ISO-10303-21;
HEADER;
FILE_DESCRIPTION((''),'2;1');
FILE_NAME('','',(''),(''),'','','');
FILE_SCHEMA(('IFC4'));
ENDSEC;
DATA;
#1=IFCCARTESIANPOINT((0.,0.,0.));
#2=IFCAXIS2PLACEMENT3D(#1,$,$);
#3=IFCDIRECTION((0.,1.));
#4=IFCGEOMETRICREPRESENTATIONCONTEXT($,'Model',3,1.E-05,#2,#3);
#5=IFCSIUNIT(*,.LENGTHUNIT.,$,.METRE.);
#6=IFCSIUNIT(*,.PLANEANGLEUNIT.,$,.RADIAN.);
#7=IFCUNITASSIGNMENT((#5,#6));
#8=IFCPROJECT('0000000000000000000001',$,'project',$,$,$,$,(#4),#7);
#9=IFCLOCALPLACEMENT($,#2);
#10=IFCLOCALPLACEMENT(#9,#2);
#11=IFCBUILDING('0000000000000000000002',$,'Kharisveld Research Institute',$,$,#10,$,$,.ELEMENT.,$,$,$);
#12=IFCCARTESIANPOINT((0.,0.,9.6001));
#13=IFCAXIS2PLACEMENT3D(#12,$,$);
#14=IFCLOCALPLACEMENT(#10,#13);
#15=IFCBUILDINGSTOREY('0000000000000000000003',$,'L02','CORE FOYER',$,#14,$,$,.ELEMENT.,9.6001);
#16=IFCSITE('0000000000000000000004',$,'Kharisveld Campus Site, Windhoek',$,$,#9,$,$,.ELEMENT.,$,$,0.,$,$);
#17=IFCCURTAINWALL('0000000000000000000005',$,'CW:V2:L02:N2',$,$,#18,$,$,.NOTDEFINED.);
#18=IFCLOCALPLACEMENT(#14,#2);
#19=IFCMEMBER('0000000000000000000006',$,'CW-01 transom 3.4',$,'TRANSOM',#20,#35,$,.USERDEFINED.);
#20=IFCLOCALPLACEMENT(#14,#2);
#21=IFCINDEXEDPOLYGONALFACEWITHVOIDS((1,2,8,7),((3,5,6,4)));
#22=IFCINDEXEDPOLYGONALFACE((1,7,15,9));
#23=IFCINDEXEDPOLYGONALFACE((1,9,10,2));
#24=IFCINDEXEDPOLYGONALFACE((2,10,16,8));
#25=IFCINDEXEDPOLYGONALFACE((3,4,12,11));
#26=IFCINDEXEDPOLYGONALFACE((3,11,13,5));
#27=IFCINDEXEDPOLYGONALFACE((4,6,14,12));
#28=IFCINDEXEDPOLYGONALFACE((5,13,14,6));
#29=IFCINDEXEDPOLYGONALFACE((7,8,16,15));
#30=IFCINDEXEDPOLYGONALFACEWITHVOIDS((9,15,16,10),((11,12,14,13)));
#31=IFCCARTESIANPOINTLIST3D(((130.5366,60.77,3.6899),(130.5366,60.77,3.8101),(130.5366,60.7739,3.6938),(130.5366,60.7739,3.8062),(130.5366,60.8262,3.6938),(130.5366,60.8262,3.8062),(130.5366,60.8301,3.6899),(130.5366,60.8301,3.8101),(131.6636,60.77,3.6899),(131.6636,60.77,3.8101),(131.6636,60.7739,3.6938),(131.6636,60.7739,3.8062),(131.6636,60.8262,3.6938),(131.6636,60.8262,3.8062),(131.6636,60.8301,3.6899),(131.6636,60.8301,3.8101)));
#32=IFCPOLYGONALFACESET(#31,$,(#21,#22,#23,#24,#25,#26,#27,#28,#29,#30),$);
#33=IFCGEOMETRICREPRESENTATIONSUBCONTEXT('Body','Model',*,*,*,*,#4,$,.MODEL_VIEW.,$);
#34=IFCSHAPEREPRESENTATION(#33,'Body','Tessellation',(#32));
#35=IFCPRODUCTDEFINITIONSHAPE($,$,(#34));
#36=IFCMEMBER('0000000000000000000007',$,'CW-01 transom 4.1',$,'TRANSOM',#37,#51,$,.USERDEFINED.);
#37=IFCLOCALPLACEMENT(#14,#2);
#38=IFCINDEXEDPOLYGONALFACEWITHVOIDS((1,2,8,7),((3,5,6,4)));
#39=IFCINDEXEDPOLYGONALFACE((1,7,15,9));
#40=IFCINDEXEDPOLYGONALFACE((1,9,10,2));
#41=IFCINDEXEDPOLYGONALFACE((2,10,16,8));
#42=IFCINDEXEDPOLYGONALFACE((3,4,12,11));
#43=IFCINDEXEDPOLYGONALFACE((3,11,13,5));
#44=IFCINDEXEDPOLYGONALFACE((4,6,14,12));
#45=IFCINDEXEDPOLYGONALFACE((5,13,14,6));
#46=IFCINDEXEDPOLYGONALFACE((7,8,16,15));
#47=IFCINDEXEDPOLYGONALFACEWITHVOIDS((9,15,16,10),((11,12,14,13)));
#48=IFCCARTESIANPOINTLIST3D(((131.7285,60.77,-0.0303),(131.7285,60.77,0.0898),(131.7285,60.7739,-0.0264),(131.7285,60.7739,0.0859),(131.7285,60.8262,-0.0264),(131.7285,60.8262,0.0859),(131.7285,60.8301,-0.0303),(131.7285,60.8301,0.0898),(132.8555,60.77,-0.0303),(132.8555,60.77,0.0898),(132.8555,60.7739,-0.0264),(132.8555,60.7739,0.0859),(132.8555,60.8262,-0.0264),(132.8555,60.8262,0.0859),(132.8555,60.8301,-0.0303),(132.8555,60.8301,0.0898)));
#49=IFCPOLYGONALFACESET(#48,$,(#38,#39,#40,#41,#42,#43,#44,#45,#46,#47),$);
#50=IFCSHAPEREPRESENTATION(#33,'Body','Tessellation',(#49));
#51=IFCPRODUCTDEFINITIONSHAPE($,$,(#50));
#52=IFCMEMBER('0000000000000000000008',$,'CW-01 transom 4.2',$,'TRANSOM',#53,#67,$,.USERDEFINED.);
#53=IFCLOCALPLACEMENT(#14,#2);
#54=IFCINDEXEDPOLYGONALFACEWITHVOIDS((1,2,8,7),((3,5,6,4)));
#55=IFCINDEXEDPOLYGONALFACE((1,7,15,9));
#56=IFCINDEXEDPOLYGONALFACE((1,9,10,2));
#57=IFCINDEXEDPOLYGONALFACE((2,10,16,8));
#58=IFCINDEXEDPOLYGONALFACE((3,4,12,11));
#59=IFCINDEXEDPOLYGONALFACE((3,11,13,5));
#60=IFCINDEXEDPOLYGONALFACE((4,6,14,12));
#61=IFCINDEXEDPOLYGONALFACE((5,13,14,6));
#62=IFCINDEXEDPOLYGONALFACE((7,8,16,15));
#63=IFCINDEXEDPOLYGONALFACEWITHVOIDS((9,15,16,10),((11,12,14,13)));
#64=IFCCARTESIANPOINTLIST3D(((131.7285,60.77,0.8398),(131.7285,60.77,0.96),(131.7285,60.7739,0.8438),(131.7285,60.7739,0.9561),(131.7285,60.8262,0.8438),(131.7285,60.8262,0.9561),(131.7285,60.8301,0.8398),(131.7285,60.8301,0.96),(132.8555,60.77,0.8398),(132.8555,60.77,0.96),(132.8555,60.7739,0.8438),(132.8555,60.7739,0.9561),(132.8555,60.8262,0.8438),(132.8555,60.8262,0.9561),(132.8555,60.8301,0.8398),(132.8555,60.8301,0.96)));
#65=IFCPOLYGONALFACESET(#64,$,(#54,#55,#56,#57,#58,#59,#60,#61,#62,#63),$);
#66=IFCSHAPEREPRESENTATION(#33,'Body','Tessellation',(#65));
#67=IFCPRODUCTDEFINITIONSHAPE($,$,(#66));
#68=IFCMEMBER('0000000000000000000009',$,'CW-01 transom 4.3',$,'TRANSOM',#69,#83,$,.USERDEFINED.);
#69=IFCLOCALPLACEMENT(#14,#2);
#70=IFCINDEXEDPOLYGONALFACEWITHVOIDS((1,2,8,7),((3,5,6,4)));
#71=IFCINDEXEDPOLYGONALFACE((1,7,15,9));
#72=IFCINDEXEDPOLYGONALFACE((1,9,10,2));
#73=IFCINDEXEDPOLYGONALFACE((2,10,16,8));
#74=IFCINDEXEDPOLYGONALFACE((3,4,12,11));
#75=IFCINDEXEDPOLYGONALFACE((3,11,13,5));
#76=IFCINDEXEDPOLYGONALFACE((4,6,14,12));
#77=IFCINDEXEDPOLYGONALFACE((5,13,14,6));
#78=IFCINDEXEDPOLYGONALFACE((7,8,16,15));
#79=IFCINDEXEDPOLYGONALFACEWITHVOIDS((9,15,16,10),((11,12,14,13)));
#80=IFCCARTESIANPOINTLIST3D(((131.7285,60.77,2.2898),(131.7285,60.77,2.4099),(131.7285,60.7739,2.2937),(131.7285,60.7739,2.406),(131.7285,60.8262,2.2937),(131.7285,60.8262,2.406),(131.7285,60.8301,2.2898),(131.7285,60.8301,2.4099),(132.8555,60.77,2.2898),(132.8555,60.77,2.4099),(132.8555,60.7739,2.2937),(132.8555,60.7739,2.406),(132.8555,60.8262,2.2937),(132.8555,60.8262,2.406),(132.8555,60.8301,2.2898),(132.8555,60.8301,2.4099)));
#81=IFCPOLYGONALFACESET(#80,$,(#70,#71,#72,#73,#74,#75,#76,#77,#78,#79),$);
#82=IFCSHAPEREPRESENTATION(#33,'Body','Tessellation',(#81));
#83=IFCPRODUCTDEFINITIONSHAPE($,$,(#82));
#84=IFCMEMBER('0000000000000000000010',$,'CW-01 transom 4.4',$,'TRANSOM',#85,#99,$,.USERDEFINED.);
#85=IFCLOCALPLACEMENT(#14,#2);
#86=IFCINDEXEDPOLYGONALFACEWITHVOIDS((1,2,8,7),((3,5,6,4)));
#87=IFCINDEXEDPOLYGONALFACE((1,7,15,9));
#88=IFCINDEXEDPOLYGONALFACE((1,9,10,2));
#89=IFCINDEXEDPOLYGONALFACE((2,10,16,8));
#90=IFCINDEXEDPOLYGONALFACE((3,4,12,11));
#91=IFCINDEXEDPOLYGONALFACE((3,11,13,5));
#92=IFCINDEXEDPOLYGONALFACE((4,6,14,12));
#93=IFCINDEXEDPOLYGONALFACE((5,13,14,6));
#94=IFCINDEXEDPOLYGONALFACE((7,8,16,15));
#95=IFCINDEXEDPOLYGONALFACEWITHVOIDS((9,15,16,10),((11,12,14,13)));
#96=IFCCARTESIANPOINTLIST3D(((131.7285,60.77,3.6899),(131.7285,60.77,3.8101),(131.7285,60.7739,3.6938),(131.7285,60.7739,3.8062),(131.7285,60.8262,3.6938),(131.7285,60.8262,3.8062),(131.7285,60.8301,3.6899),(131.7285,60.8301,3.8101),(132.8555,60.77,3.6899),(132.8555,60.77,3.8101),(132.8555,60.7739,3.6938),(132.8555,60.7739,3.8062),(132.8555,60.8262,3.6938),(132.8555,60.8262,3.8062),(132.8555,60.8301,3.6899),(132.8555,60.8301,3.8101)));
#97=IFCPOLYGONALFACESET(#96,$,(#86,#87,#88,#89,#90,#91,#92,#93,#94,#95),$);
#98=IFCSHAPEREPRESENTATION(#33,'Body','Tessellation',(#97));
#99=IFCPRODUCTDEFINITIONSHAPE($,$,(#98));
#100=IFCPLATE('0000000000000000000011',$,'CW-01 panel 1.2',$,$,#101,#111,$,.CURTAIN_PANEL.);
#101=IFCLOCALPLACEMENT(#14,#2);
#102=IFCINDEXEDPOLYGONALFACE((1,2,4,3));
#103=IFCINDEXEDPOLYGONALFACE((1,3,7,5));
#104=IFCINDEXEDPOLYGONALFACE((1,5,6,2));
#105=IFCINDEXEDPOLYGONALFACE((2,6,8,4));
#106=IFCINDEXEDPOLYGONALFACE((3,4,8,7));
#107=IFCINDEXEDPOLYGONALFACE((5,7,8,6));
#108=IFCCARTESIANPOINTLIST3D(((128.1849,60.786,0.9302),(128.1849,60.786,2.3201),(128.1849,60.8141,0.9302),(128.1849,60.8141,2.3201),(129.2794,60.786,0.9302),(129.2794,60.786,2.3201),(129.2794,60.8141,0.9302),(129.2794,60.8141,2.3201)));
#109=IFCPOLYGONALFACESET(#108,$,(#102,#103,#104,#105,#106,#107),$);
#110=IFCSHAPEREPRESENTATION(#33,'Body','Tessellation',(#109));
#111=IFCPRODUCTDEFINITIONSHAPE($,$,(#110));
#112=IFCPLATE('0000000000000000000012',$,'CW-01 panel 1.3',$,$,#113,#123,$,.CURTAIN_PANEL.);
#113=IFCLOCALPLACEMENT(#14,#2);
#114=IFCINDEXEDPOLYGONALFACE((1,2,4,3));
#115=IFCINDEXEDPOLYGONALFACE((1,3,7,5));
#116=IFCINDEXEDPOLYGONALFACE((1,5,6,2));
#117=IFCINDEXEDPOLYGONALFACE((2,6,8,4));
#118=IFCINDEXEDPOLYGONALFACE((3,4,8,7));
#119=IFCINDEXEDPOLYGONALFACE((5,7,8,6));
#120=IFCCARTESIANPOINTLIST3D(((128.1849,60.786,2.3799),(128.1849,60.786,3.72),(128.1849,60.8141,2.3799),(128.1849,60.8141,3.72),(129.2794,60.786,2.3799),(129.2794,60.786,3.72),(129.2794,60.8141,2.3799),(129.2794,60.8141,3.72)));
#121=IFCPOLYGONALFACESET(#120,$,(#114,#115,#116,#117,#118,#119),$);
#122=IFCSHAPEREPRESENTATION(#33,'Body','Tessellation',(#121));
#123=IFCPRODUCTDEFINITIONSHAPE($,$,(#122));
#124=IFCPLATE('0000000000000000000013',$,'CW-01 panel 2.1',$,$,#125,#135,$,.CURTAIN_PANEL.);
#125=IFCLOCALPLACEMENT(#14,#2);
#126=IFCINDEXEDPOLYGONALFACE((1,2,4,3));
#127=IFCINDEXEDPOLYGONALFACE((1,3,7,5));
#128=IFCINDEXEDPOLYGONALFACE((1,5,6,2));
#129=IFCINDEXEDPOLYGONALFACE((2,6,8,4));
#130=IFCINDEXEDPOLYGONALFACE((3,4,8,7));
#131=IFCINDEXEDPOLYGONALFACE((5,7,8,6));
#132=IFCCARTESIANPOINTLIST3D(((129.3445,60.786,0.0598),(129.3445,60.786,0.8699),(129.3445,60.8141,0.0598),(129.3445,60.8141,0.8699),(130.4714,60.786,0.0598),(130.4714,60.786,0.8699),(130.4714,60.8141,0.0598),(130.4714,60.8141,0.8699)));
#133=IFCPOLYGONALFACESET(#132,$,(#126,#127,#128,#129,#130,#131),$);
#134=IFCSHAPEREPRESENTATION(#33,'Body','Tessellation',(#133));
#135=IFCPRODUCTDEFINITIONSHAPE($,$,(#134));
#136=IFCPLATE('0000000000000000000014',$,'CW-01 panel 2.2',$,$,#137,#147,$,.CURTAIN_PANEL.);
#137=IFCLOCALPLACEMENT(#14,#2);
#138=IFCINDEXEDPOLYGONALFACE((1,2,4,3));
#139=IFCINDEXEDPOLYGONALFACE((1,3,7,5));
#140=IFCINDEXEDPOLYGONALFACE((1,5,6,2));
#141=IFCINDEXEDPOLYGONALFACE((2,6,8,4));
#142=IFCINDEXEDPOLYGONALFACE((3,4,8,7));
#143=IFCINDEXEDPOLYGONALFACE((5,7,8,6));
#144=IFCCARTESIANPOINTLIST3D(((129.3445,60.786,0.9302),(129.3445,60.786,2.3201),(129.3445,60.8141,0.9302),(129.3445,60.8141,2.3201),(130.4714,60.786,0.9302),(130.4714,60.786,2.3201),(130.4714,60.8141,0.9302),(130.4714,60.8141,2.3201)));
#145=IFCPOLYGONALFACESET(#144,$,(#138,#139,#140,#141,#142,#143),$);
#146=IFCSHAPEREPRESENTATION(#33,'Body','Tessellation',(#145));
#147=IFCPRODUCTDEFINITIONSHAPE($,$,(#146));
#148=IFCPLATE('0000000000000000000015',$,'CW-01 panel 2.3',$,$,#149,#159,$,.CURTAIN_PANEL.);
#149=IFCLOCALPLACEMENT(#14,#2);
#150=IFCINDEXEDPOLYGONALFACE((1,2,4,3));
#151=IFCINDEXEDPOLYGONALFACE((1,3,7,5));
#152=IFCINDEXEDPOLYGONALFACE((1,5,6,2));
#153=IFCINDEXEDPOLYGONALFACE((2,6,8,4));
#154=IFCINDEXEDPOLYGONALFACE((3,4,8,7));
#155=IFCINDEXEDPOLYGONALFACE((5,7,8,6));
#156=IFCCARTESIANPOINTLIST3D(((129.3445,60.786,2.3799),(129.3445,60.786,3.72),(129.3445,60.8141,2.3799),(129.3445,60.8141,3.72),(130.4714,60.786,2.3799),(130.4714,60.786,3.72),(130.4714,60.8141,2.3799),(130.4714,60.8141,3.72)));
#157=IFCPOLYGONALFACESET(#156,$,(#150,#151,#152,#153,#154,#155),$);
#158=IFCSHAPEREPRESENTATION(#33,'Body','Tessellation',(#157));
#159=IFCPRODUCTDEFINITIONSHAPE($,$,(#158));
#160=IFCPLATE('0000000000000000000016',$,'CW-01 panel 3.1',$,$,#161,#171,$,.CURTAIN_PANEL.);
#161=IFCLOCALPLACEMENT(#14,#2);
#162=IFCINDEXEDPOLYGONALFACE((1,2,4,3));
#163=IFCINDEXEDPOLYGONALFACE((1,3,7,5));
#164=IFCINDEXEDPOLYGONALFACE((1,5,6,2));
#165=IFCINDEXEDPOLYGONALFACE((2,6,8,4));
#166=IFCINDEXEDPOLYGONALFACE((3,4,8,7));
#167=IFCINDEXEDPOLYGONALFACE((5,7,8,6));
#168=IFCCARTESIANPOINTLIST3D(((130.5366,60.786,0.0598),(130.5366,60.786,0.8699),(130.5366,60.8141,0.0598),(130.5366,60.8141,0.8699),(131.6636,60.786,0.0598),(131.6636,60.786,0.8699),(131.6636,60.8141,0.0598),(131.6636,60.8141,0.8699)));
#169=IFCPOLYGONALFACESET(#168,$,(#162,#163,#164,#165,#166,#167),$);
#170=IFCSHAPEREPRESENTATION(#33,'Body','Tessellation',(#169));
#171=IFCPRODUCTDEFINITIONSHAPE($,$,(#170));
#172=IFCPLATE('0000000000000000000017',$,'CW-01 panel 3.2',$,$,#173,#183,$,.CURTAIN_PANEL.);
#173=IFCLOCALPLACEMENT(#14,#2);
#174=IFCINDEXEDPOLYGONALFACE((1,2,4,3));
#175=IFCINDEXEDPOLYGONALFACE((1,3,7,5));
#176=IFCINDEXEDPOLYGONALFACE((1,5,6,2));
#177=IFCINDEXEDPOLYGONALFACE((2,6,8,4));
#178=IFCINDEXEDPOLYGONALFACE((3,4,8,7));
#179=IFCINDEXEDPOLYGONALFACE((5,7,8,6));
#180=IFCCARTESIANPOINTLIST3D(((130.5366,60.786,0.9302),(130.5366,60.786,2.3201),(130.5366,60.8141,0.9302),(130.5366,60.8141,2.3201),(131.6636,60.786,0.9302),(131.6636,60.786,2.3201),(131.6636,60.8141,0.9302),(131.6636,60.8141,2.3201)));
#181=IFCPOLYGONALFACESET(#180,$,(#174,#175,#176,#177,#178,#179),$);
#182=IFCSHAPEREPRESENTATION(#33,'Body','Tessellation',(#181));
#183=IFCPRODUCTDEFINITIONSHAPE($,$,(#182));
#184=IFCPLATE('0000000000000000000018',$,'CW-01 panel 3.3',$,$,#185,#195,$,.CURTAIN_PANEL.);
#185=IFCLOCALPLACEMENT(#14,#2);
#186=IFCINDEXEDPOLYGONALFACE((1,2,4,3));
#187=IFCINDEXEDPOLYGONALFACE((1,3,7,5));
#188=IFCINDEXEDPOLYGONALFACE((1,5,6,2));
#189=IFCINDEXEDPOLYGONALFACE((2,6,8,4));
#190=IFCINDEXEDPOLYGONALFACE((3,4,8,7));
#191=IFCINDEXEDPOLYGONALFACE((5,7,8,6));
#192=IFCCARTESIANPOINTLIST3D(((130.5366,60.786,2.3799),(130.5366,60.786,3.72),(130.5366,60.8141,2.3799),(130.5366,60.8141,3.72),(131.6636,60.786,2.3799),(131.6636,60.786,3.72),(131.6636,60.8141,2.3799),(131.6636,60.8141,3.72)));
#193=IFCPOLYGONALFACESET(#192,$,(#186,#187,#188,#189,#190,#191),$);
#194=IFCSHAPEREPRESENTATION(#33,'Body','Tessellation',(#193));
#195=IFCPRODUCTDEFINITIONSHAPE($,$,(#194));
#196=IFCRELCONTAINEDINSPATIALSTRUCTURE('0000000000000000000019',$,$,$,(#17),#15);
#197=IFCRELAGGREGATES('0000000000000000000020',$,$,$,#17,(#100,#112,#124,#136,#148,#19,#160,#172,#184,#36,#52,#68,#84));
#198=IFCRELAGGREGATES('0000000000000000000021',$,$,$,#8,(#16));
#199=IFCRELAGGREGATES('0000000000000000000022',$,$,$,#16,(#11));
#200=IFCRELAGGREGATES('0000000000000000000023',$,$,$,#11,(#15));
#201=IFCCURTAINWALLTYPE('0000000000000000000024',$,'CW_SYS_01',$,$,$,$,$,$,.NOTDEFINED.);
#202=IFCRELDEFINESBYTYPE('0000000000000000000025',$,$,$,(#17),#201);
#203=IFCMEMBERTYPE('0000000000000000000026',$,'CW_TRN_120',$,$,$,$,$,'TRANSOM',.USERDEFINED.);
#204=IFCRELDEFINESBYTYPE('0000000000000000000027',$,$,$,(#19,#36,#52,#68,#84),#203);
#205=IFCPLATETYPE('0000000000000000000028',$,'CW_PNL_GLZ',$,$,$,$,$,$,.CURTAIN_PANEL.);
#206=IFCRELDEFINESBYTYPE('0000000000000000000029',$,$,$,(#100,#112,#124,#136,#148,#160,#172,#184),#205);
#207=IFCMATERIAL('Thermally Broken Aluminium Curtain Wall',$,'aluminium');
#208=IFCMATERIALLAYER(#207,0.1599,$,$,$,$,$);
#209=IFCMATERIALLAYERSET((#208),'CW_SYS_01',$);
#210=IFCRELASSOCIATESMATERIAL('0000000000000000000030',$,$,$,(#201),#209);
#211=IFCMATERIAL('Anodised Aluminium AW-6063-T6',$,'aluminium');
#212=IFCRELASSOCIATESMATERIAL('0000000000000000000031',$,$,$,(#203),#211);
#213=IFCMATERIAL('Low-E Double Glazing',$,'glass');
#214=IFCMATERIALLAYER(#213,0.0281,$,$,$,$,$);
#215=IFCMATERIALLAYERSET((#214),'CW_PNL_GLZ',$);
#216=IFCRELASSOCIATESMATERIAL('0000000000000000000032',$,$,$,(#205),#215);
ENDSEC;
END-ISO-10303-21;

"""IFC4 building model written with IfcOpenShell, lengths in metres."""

from ifc_helpers import new_model, si_unit, direction, frame, origin, origin_2d, place, context, subcontext, project, spatial, rectangle, hollow_rectangle, extrude, material, layer, layer_set, material_profile, profile_set, type_object, element, aggregate, save


model = new_model("IFC4")

# Units and contexts
model_context = context("Model", 3, precision=1e-05, world=origin(), true_north=direction((0.0, 1.0)))
body_context = subcontext(model_context, "Body", "Model", "MODEL_VIEW")
ifc_project = project(units=[si_unit("LENGTHUNIT", "METRE"), si_unit("PLANEANGLEUNIT", "RADIAN")], contexts=[model_context])

# Site, building, storey
site_placement = place(None, origin())
site = spatial("IfcSite", under=ifc_project, at=site_placement, Name="Kharisveld Campus Site, Windhoek", CompositionType="ELEMENT", RefElevation=0.0)
building_placement = place(site_placement, origin())
building = spatial("IfcBuilding", under=site, at=building_placement, Name="Kharisveld Research Institute", CompositionType="ELEMENT")
storey_placement = place(building_placement, frame((0.0, 0.0, 9.6001)))
storey = spatial("IfcBuildingStorey", under=building, at=storey_placement, Name="L02", Description="CORE FOYER", CompositionType="ELEMENT", Elevation=9.6001)

# Curtain wall, members, plates
ifc_material_1 = material(Name="Thermally Broken Aluminium Curtain Wall", Category="aluminium")
ifc_layer_1 = layer(ifc_material_1, 0.1599)
ifc_layer_set_1 = layer_set([ifc_layer_1], Name="CW_SYS_01")
curtain_wall_type = type_object("IfcCurtainWallType", Name="CW_SYS_01", PredefinedType="NOTDEFINED", material=ifc_layer_set_1)
curtain_wall_placement = place(storey_placement, origin())
curtain_wall = element("IfcCurtainWall", 1, at=curtain_wall_placement, inside=storey, type_object=curtain_wall_type, Name="CW:V2:L02:N2", PredefinedType="NOTDEFINED")
ifc_material_2 = material(Name="Anodised Aluminium AW-6063-T6", Category="aluminium")
ifc_material_profile_1 = material_profile(ifc_material_2, hollow_rectangle(XDim=0.0601, YDim=0.1201, WallThickness=0.0039, at=origin_2d()))
ifc_profile_set_1 = profile_set([ifc_material_profile_1], Name="Anodised Aluminium AW-6063-T6")
member_type_1 = type_object("IfcMemberType", Name="CW_TRN_120", ElementType="TRANSOM", PredefinedType="USERDEFINED", material=ifc_profile_set_1)
member_1_placement = place(storey_placement, frame((130.5366, 60.8, 3.75), z_axis=(1.0, 0.0, 0.0), x_axis=(0.0, 1.0, 0.0)))
member_1 = element("IfcMember", 2, at=member_1_placement, type_object=member_type_1, Name="CW-01 transom 3.4", ObjectType="TRANSOM", PredefinedType="USERDEFINED", context=body_context, shape_type="SweptSolid", body=[
    extrude(hollow_rectangle(XDim=0.0601, YDim=0.1201, WallThickness=0.0039, at=origin_2d()), origin(), (0.0, 0.0, 1.0), 1.127),
])
member_2_placement = place(storey_placement, frame((131.7285, 60.8, 0.0298), z_axis=(1.0, 0.0, 0.0), x_axis=(0.0, 1.0, 0.0)))
member_2 = element("IfcMember", 3, at=member_2_placement, type_object=member_type_1, Name="CW-01 transom 4.1", ObjectType="TRANSOM", PredefinedType="USERDEFINED", context=body_context, shape_type="SweptSolid", body=[
    extrude(hollow_rectangle(XDim=0.0601, YDim=0.1201, WallThickness=0.0039, at=origin_2d()), origin(), (0.0, 0.0, 1.0), 1.127),
])
member_3_placement = place(storey_placement, frame((131.7285, 60.8, 0.8999), z_axis=(1.0, 0.0, 0.0), x_axis=(0.0, 1.0, 0.0)))
member_3 = element("IfcMember", 4, at=member_3_placement, type_object=member_type_1, Name="CW-01 transom 4.2", ObjectType="TRANSOM", PredefinedType="USERDEFINED", context=body_context, shape_type="SweptSolid", body=[
    extrude(hollow_rectangle(XDim=0.0601, YDim=0.1201, WallThickness=0.0039, at=origin_2d()), origin(), (0.0, 0.0, 1.0), 1.127),
])
member_4_placement = place(storey_placement, frame((131.7285, 60.8, 2.3499), z_axis=(1.0, 0.0, 0.0), x_axis=(0.0, 1.0, 0.0)))
member_4 = element("IfcMember", 5, at=member_4_placement, type_object=member_type_1, Name="CW-01 transom 4.3", ObjectType="TRANSOM", PredefinedType="USERDEFINED", context=body_context, shape_type="SweptSolid", body=[
    extrude(hollow_rectangle(XDim=0.0601, YDim=0.1201, WallThickness=0.0039, at=origin_2d()), origin(), (0.0, 0.0, 1.0), 1.127),
])
member_5_placement = place(storey_placement, frame((131.7285, 60.8, 3.75), z_axis=(1.0, 0.0, 0.0), x_axis=(0.0, 1.0, 0.0)))
member_5 = element("IfcMember", 6, at=member_5_placement, type_object=member_type_1, Name="CW-01 transom 4.4", ObjectType="TRANSOM", PredefinedType="USERDEFINED", context=body_context, shape_type="SweptSolid", body=[
    extrude(hollow_rectangle(XDim=0.0601, YDim=0.1201, WallThickness=0.0039, at=origin_2d()), origin(), (0.0, 0.0, 1.0), 1.127),
])
ifc_material_3 = material(Name="Low-E Double Glazing", Category="glass")
ifc_layer_2 = layer(ifc_material_3, 0.0281)
ifc_layer_set_2 = layer_set([ifc_layer_2], Name="CW_PNL_GLZ")
plate_type = type_object("IfcPlateType", Name="CW_PNL_GLZ", PredefinedType="CURTAIN_PANEL", material=ifc_layer_set_2)
plate_1_placement = place(storey_placement, frame((128.7322, 60.8, 0.9302), z_axis=(0.0, 0.0, 1.0), x_axis=(1.0, 0.0, 0.0)))
plate_1 = element("IfcPlate", 7, at=plate_1_placement, type_object=plate_type, Name="CW-01 panel 1.2", PredefinedType="CURTAIN_PANEL", context=body_context, shape_type="SweptSolid", body=[
    extrude(rectangle(XDim=1.0945, YDim=0.0281, at=origin_2d()), origin(), (0.0, 0.0, 1.0), 1.3899),
])
plate_2_placement = place(storey_placement, frame((128.7322, 60.8, 2.3799), z_axis=(0.0, 0.0, 1.0), x_axis=(1.0, 0.0, 0.0)))
plate_2 = element("IfcPlate", 8, at=plate_2_placement, type_object=plate_type, Name="CW-01 panel 1.3", PredefinedType="CURTAIN_PANEL", context=body_context, shape_type="SweptSolid", body=[
    extrude(rectangle(XDim=1.0945, YDim=0.0281, at=origin_2d()), origin(), (0.0, 0.0, 1.0), 1.3401),
])
plate_3_placement = place(storey_placement, frame((129.908, 60.8, 0.0598), z_axis=(0.0, 0.0, 1.0), x_axis=(1.0, 0.0, 0.0)))
plate_3 = element("IfcPlate", 9, at=plate_3_placement, type_object=plate_type, Name="CW-01 panel 2.1", PredefinedType="CURTAIN_PANEL", context=body_context, shape_type="SweptSolid", body=[
    extrude(rectangle(XDim=1.127, YDim=0.0281, at=origin_2d()), origin(), (0.0, 0.0, 1.0), 0.8101),
])
plate_4_placement = place(storey_placement, frame((129.908, 60.8, 0.9302), z_axis=(0.0, 0.0, 1.0), x_axis=(1.0, 0.0, 0.0)))
plate_4 = element("IfcPlate", 10, at=plate_4_placement, type_object=plate_type, Name="CW-01 panel 2.2", PredefinedType="CURTAIN_PANEL", context=body_context, shape_type="SweptSolid", body=[
    extrude(rectangle(XDim=1.127, YDim=0.0281, at=origin_2d()), origin(), (0.0, 0.0, 1.0), 1.3899),
])
plate_5_placement = place(storey_placement, frame((129.908, 60.8, 2.3799), z_axis=(0.0, 0.0, 1.0), x_axis=(1.0, 0.0, 0.0)))
plate_5 = element("IfcPlate", 11, at=plate_5_placement, type_object=plate_type, Name="CW-01 panel 2.3", PredefinedType="CURTAIN_PANEL", context=body_context, shape_type="SweptSolid", body=[
    extrude(rectangle(XDim=1.127, YDim=0.0281, at=origin_2d()), origin(), (0.0, 0.0, 1.0), 1.3401),
])
plate_6_placement = place(storey_placement, frame((131.1001, 60.8, 0.0598), z_axis=(0.0, 0.0, 1.0), x_axis=(1.0, 0.0, 0.0)))
plate_6 = element("IfcPlate", 12, at=plate_6_placement, type_object=plate_type, Name="CW-01 panel 3.1", PredefinedType="CURTAIN_PANEL", context=body_context, shape_type="SweptSolid", body=[
    extrude(rectangle(XDim=1.127, YDim=0.0281, at=origin_2d()), origin(), (0.0, 0.0, 1.0), 0.8101),
])
plate_7_placement = place(storey_placement, frame((131.1001, 60.8, 0.9302), z_axis=(0.0, 0.0, 1.0), x_axis=(1.0, 0.0, 0.0)))
plate_7 = element("IfcPlate", 13, at=plate_7_placement, type_object=plate_type, Name="CW-01 panel 3.2", PredefinedType="CURTAIN_PANEL", context=body_context, shape_type="SweptSolid", body=[
    extrude(rectangle(XDim=1.127, YDim=0.0281, at=origin_2d()), origin(), (0.0, 0.0, 1.0), 1.3899),
])
plate_8_placement = place(storey_placement, frame((131.1001, 60.8, 2.3799), z_axis=(0.0, 0.0, 1.0), x_axis=(1.0, 0.0, 0.0)))
plate_8 = element("IfcPlate", 14, at=plate_8_placement, type_object=plate_type, Name="CW-01 panel 3.3", PredefinedType="CURTAIN_PANEL", context=body_context, shape_type="SweptSolid", body=[
    extrude(rectangle(XDim=1.127, YDim=0.0281, at=origin_2d()), origin(), (0.0, 0.0, 1.0), 1.3401),
])
aggregate(curtain_wall, [plate_1, plate_2, plate_3, plate_4, plate_5, member_1, plate_6, plate_7, plate_8, member_2, member_3, member_4, member_5])

save(model, "model.ifc")
